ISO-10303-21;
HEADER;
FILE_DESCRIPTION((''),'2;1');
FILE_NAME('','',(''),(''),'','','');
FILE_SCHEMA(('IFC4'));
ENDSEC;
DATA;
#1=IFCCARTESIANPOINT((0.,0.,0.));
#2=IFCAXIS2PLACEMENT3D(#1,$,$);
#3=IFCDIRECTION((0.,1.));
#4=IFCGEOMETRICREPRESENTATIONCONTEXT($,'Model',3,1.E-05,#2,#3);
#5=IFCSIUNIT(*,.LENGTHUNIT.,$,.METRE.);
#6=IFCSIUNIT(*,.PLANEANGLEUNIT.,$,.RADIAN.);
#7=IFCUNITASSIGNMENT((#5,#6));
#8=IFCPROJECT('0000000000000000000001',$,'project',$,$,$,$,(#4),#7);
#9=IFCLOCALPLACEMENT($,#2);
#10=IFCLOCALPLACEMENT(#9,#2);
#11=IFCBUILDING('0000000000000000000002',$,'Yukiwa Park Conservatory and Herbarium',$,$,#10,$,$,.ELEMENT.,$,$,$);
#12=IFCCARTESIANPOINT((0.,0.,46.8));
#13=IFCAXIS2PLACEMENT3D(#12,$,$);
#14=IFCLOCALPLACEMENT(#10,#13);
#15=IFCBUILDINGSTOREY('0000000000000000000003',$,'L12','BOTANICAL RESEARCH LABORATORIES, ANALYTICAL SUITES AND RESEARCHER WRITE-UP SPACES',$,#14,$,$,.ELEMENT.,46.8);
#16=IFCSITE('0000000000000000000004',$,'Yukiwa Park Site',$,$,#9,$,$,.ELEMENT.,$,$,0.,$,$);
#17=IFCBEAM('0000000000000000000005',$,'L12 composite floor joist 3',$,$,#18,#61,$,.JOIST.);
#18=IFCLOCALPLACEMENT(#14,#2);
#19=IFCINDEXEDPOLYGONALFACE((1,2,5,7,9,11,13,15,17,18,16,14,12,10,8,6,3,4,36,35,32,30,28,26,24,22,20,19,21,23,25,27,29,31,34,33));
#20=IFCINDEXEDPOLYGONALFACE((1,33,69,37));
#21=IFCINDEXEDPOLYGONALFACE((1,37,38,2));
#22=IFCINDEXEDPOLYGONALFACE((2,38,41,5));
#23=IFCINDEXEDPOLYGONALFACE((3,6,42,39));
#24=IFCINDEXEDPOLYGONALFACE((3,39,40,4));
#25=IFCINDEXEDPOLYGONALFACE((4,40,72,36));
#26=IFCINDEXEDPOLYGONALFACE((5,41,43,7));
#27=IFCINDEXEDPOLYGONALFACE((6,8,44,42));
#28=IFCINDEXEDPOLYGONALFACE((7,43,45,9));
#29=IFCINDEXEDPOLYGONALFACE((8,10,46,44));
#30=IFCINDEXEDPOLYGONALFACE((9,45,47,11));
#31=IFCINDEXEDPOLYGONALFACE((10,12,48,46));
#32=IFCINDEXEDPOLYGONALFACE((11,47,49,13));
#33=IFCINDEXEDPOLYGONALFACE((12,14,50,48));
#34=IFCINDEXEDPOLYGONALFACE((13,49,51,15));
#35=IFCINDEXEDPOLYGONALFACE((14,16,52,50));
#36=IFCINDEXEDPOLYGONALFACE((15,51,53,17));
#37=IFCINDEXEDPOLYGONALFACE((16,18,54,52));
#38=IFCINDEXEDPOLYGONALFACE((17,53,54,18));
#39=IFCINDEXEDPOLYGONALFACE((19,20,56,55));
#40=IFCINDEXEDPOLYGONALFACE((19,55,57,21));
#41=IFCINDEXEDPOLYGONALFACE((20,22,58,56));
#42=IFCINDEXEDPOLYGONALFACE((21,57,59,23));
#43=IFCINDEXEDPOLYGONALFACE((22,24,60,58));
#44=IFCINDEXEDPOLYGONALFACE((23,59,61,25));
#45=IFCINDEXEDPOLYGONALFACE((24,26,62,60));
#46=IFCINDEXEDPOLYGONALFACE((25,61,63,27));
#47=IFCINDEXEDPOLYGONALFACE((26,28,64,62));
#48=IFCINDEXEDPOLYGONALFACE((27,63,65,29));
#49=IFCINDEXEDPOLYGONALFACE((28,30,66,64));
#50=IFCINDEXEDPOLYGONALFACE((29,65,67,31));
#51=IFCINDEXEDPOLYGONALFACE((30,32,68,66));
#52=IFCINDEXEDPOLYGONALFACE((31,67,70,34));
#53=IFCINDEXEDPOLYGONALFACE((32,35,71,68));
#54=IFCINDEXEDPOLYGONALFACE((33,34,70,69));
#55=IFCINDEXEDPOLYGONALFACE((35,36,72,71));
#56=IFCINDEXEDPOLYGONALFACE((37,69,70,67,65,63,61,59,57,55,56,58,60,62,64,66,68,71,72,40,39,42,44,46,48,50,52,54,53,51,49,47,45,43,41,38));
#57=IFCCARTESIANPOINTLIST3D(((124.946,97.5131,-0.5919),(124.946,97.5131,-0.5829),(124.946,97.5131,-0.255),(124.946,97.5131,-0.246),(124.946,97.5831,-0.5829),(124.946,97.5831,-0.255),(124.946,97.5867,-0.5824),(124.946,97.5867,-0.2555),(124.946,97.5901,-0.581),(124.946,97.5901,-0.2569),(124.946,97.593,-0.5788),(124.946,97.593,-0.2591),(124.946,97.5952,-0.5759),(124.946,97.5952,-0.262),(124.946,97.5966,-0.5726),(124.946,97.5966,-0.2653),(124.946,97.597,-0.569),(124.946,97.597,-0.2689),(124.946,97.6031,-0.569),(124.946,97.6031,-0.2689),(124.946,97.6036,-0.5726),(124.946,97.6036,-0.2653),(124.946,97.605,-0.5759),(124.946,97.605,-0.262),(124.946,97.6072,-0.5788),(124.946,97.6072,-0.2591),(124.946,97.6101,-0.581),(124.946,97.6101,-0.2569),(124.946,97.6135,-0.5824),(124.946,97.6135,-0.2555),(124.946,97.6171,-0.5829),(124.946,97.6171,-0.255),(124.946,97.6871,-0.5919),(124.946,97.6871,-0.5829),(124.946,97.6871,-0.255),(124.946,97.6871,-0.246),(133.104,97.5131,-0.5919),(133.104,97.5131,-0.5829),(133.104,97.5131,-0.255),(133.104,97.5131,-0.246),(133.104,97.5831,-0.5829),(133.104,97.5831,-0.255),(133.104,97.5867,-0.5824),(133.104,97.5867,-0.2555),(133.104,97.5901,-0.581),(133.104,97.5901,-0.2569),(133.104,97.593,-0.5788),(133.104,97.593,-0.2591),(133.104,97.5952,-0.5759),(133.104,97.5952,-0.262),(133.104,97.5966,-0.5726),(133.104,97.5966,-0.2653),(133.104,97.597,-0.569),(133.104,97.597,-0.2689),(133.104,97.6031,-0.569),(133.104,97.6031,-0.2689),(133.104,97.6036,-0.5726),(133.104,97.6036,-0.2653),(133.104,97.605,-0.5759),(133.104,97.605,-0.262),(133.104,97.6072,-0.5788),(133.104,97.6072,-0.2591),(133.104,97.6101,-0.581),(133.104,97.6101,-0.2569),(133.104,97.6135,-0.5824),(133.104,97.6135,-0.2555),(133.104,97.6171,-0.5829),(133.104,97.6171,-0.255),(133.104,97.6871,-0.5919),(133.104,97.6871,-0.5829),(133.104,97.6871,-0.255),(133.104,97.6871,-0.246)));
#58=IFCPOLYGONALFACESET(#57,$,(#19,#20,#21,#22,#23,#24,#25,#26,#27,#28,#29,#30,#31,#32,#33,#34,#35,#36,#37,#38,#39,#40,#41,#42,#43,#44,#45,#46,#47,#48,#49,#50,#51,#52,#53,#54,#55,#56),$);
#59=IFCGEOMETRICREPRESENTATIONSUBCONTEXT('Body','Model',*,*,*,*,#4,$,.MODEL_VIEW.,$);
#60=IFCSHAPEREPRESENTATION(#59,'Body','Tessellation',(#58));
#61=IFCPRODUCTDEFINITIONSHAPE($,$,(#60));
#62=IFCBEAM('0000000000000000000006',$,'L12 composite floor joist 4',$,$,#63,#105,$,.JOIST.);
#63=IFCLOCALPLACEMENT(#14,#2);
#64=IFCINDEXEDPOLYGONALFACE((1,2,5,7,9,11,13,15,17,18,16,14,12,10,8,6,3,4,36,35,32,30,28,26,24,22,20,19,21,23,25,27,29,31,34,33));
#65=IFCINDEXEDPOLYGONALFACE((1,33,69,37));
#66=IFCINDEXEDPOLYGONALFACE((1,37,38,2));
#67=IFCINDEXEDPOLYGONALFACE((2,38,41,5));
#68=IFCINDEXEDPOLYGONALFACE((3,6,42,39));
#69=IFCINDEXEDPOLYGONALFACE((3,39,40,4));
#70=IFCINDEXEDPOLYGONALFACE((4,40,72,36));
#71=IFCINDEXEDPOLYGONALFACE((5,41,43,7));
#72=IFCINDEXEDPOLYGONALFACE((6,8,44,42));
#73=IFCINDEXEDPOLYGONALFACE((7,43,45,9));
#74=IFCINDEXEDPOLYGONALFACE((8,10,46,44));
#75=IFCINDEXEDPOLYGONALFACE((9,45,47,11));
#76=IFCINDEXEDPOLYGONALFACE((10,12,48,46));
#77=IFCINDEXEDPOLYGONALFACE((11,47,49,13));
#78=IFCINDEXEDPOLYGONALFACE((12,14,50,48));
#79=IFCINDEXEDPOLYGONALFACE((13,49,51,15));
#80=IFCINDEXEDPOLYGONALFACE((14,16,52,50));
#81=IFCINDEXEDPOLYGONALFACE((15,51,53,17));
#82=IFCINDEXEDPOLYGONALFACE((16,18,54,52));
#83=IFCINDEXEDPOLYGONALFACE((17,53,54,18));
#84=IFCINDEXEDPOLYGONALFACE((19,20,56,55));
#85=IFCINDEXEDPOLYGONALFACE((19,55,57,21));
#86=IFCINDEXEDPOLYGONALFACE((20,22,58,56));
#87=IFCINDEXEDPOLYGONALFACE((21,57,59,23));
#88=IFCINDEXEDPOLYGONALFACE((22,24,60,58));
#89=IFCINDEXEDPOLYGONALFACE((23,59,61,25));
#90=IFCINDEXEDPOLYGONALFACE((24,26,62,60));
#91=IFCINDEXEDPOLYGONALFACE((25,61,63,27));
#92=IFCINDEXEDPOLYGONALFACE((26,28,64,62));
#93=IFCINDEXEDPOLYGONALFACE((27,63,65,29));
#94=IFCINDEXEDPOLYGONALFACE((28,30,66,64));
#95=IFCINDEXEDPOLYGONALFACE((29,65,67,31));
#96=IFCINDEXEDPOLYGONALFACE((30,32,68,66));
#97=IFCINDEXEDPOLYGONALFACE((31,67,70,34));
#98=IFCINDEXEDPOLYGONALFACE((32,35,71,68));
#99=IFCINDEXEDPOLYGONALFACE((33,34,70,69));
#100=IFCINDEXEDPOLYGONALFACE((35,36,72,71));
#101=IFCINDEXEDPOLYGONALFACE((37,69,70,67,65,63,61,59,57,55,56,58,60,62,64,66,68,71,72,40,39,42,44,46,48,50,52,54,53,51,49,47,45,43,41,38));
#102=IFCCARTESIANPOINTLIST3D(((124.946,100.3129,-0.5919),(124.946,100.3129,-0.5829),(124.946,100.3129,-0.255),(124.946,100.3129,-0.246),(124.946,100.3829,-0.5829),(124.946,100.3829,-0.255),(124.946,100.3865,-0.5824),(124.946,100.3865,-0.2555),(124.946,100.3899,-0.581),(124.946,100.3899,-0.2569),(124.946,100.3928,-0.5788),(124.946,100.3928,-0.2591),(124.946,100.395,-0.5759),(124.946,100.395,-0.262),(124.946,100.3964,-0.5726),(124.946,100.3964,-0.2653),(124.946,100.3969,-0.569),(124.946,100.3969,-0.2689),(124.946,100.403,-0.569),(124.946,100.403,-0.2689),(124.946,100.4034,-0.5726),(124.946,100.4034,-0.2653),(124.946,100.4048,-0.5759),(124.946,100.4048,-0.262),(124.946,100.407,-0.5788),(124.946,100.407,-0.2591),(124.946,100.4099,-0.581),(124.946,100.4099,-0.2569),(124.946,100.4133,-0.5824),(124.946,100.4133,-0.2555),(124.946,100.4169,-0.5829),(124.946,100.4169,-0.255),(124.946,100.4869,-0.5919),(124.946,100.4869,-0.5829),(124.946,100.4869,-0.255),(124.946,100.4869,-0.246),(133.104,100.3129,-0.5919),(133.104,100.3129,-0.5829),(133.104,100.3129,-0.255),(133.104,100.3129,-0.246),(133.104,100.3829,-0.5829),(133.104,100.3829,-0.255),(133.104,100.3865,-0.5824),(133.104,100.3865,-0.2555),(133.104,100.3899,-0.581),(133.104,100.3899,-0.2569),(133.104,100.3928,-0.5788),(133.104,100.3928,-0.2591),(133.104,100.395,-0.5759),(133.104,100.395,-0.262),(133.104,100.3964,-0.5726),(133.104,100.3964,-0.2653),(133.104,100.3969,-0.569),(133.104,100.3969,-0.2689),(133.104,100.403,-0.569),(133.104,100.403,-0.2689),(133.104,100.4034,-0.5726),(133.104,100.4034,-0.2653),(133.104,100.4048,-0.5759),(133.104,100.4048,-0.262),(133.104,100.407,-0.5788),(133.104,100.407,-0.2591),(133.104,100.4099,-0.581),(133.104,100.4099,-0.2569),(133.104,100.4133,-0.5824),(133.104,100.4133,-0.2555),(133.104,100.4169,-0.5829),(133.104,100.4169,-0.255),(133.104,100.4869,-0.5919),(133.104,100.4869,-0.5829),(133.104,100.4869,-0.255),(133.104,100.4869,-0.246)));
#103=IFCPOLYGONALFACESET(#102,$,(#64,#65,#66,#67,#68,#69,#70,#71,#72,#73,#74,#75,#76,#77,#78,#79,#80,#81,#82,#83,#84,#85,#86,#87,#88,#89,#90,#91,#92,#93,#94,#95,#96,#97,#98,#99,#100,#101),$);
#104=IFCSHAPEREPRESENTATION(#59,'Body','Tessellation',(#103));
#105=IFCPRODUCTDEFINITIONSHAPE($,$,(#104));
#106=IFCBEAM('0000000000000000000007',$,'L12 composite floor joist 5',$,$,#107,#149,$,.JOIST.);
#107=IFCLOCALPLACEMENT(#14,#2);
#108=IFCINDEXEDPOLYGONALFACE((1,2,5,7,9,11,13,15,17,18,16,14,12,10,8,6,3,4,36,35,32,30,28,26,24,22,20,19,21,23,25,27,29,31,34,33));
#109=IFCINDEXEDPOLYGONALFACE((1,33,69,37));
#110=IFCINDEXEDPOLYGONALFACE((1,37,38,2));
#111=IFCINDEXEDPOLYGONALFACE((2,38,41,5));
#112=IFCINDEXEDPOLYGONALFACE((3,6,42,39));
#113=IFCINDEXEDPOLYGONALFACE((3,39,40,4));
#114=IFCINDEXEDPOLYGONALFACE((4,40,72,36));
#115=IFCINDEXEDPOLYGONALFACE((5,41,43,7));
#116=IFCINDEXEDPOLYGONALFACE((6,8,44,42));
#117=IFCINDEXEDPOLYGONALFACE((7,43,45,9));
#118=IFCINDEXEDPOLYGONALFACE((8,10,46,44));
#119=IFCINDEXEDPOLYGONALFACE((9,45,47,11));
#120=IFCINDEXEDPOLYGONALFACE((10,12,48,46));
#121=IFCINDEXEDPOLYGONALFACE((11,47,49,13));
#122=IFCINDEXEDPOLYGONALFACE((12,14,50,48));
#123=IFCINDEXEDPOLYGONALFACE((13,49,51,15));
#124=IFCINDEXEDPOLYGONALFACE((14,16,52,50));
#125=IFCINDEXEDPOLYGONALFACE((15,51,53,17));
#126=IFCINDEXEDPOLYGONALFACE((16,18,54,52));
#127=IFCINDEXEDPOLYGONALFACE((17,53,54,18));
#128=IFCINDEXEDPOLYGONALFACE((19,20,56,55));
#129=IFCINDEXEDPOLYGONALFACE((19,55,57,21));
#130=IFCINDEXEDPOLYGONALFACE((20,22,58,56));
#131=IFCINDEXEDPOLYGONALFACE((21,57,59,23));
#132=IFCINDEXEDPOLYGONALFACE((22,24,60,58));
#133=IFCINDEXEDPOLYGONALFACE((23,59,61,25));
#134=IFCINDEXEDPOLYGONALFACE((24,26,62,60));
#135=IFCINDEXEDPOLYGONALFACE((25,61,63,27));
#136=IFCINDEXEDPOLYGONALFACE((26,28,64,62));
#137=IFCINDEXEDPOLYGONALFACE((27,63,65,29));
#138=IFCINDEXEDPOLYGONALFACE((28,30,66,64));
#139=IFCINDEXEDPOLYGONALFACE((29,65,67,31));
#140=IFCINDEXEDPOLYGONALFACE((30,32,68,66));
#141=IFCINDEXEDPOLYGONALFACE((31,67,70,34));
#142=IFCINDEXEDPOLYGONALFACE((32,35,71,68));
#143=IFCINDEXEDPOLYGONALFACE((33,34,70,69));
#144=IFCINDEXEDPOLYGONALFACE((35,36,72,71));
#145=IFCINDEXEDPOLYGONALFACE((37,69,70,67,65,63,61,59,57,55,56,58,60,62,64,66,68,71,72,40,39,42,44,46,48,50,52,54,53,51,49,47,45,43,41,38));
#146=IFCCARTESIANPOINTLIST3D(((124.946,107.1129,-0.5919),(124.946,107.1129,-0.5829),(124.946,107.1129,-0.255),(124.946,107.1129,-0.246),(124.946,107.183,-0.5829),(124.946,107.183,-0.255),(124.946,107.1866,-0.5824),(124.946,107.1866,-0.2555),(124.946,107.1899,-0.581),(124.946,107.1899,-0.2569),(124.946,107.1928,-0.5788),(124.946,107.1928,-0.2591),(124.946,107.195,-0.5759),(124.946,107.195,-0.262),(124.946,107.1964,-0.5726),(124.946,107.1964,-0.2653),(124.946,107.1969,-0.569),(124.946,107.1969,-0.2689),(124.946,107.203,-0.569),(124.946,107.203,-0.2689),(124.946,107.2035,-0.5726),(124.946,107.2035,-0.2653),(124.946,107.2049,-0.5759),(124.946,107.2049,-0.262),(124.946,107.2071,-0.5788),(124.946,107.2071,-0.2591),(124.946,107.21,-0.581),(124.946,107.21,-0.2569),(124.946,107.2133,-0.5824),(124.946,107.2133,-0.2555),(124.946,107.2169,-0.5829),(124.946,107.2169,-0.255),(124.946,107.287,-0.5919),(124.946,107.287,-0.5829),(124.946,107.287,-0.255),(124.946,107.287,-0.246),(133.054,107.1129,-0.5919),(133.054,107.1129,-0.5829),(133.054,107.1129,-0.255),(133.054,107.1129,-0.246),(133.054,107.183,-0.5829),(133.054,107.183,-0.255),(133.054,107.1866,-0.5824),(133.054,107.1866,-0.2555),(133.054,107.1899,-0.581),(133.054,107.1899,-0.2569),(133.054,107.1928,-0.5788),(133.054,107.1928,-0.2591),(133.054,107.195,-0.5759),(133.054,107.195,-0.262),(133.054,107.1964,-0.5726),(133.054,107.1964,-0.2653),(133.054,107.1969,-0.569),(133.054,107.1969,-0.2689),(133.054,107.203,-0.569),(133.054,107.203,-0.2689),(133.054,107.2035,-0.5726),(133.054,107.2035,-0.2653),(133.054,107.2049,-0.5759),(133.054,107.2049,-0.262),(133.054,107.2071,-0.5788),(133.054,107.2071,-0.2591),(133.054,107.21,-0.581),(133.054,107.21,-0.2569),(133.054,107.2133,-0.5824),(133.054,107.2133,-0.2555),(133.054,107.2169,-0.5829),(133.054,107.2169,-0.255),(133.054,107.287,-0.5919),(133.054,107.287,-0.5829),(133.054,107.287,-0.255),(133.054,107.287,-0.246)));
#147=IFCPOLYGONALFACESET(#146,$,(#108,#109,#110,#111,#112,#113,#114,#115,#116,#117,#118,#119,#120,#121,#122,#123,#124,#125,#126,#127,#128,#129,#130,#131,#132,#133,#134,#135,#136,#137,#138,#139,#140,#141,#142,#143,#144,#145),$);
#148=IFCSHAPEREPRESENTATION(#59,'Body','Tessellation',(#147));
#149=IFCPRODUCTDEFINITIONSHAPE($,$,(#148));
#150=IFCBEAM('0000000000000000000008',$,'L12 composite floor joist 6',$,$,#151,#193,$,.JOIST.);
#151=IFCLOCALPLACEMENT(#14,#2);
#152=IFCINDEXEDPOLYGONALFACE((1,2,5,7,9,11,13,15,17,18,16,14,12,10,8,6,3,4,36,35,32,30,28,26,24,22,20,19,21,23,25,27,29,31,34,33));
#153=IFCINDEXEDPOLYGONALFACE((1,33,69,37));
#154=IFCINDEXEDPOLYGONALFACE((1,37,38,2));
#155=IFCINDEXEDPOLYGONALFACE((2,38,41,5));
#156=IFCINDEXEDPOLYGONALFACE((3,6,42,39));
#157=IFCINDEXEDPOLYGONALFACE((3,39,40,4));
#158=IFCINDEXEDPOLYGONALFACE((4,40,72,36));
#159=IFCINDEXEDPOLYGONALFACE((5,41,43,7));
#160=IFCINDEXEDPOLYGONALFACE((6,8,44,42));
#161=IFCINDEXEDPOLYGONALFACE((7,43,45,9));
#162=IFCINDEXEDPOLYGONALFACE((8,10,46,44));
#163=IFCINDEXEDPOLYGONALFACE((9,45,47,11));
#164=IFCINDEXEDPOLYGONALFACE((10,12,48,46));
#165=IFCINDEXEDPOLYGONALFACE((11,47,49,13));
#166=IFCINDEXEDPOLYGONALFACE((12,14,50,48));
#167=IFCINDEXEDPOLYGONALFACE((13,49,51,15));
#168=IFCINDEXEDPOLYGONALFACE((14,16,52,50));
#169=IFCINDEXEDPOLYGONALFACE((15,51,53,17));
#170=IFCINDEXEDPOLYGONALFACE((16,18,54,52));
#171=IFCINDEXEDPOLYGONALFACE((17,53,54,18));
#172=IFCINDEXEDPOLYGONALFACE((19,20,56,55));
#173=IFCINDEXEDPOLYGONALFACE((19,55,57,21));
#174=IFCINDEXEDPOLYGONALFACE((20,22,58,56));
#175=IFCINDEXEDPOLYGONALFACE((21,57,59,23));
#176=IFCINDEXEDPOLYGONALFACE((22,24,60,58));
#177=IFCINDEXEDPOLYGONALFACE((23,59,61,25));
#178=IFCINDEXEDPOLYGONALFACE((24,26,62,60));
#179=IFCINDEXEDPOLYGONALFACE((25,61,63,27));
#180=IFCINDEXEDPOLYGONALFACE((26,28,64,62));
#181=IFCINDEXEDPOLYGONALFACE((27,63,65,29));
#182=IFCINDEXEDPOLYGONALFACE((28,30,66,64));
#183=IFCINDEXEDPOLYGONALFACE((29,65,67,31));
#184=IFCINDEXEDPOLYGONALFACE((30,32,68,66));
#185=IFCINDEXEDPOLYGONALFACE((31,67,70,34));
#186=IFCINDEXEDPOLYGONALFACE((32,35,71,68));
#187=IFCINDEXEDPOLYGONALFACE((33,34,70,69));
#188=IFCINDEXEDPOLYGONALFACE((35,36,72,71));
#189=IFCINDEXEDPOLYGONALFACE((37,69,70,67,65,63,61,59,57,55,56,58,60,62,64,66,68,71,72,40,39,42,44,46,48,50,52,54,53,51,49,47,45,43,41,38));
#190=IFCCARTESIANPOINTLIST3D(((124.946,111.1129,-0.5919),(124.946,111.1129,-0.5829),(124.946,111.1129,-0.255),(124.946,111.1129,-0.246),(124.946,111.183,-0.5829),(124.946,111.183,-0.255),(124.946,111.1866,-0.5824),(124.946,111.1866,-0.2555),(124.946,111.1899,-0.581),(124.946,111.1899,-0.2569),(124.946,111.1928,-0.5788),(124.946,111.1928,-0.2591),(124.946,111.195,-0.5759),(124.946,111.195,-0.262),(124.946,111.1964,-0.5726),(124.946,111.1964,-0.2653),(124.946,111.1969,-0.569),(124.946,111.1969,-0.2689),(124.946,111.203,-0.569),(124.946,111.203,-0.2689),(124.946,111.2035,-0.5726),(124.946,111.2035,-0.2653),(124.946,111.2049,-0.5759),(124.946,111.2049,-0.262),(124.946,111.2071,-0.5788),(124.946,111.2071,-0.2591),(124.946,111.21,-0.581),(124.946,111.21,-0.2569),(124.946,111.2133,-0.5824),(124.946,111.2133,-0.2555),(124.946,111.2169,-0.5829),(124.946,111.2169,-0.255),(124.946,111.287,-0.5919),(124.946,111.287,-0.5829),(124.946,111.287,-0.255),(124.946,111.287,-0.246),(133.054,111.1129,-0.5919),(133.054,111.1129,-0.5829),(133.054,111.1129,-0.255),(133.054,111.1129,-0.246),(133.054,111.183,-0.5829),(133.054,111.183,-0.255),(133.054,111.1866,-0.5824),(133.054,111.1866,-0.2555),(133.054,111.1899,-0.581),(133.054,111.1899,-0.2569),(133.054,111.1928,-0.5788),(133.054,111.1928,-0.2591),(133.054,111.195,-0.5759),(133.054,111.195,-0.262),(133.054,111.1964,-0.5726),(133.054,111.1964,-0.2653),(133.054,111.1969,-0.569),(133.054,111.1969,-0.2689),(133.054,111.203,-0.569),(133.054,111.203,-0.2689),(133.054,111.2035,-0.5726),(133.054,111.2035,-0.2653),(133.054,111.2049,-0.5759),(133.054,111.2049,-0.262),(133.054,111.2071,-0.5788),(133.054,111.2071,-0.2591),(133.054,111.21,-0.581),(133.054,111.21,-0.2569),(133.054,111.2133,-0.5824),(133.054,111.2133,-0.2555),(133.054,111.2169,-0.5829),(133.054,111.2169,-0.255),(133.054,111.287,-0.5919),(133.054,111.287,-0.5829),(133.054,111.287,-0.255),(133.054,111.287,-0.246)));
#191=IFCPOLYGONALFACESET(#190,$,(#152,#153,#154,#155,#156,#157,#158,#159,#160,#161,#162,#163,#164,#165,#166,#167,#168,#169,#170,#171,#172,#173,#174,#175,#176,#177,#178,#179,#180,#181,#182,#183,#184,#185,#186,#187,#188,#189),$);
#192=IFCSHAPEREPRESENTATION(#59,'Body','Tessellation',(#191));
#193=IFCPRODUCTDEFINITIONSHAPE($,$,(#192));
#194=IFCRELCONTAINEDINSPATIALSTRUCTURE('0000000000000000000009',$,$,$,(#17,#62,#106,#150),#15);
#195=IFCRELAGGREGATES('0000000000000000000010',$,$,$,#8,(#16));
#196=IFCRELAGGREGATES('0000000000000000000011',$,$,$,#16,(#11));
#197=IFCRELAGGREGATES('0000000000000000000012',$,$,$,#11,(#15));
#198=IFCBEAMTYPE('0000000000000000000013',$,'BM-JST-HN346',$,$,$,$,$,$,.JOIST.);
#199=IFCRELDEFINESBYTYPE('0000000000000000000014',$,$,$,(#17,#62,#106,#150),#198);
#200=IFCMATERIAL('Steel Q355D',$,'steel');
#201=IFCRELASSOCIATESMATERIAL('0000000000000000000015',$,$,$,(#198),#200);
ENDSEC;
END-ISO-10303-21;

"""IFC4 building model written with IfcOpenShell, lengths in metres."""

from ifc_helpers import new_model, si_unit, direction, frame, origin, origin_2d, place, context, subcontext, project, spatial, i_section, extrude, material, material_profile, profile_set, type_object, element, save


model = new_model("IFC4")

# Units and contexts
model_context = context("Model", 3, precision=1e-05, world=origin(), true_north=direction((0.0, 1.0)))
body_context = subcontext(model_context, "Body", "Model", "MODEL_VIEW")
ifc_project = project(units=[si_unit("LENGTHUNIT", "METRE"), si_unit("PLANEANGLEUNIT", "RADIAN")], contexts=[model_context])

# Site, building, storey
site_placement = place(None, origin())
site = spatial("IfcSite", under=ifc_project, at=site_placement, Name="Yukiwa Park Site", CompositionType="ELEMENT", RefElevation=0.0)
building_placement = place(site_placement, origin())
building = spatial("IfcBuilding", under=site, at=building_placement, Name="Yukiwa Park Conservatory and Herbarium", CompositionType="ELEMENT")
storey_placement = place(building_placement, frame((0.0, 0.0, 46.8)))
storey = spatial("IfcBuildingStorey", under=building, at=storey_placement, Name="L12", Description="BOTANICAL RESEARCH LABORATORIES, ANALYTICAL SUITES AND RESEARCHER WRITE-UP SPACES", CompositionType="ELEMENT", Elevation=46.8)

# Beams
ifc_material_1 = material(Name="Steel Q355D", Category="steel")
ifc_material_profile_1 = material_profile(ifc_material_1, i_section(OverallWidth=0.1741, OverallDepth=0.3459, WebThickness=0.0061, FlangeThickness=0.009, FilletRadius=0.0139, at=origin_2d()), Name="HN 346x174x6x9")
ifc_profile_set_1 = profile_set([ifc_material_profile_1], Name="Steel Q355D")
beam_type_1 = type_object("IfcBeamType", Name="BM-JST-HN346", PredefinedType="JOIST", material=ifc_profile_set_1)
for number, where, z_axis, x_axis, name in (
    (1, (124.946, 97.6001, -0.4189), (1.0, 0.0, 0.0), (0.0, 1.0, 0.0), "L12 composite floor joist 3"),
    (2, (124.946, 100.3999, -0.4189), (1.0, 0.0, 0.0), (0.0, 1.0, 0.0), "L12 composite floor joist 4"),
):
    element("IfcBeam", number, at=place(storey_placement, frame(where, z_axis=z_axis, x_axis=x_axis)), inside=storey, type_object=beam_type_1, Name=name, PredefinedType="JOIST", context=body_context, shape_type="SweptSolid", body=[
        extrude(i_section(OverallWidth=0.1741, OverallDepth=0.3459, WebThickness=0.0061, FlangeThickness=0.009, FilletRadius=0.0139, at=origin_2d()), origin(), (0.0, 0.0, 1.0), 8.158),
    ])
for number, where, z_axis, x_axis, name in (
    (3, (124.946, 107.2, -0.4189), (1.0, 0.0, 0.0), (0.0, 1.0, 0.0), "L12 composite floor joist 5"),
    (4, (124.946, 111.2, -0.4189), (1.0, 0.0, 0.0), (0.0, 1.0, 0.0), "L12 composite floor joist 6"),
):
    element("IfcBeam", number, at=place(storey_placement, frame(where, z_axis=z_axis, x_axis=x_axis)), inside=storey, type_object=beam_type_1, Name=name, PredefinedType="JOIST", context=body_context, shape_type="SweptSolid", body=[
        extrude(i_section(OverallWidth=0.1741, OverallDepth=0.3459, WebThickness=0.0061, FlangeThickness=0.009, FilletRadius=0.0139, at=origin_2d()), origin(), (0.0, 0.0, 1.0), 8.1079),
    ])

save(model, "model.ifc")
